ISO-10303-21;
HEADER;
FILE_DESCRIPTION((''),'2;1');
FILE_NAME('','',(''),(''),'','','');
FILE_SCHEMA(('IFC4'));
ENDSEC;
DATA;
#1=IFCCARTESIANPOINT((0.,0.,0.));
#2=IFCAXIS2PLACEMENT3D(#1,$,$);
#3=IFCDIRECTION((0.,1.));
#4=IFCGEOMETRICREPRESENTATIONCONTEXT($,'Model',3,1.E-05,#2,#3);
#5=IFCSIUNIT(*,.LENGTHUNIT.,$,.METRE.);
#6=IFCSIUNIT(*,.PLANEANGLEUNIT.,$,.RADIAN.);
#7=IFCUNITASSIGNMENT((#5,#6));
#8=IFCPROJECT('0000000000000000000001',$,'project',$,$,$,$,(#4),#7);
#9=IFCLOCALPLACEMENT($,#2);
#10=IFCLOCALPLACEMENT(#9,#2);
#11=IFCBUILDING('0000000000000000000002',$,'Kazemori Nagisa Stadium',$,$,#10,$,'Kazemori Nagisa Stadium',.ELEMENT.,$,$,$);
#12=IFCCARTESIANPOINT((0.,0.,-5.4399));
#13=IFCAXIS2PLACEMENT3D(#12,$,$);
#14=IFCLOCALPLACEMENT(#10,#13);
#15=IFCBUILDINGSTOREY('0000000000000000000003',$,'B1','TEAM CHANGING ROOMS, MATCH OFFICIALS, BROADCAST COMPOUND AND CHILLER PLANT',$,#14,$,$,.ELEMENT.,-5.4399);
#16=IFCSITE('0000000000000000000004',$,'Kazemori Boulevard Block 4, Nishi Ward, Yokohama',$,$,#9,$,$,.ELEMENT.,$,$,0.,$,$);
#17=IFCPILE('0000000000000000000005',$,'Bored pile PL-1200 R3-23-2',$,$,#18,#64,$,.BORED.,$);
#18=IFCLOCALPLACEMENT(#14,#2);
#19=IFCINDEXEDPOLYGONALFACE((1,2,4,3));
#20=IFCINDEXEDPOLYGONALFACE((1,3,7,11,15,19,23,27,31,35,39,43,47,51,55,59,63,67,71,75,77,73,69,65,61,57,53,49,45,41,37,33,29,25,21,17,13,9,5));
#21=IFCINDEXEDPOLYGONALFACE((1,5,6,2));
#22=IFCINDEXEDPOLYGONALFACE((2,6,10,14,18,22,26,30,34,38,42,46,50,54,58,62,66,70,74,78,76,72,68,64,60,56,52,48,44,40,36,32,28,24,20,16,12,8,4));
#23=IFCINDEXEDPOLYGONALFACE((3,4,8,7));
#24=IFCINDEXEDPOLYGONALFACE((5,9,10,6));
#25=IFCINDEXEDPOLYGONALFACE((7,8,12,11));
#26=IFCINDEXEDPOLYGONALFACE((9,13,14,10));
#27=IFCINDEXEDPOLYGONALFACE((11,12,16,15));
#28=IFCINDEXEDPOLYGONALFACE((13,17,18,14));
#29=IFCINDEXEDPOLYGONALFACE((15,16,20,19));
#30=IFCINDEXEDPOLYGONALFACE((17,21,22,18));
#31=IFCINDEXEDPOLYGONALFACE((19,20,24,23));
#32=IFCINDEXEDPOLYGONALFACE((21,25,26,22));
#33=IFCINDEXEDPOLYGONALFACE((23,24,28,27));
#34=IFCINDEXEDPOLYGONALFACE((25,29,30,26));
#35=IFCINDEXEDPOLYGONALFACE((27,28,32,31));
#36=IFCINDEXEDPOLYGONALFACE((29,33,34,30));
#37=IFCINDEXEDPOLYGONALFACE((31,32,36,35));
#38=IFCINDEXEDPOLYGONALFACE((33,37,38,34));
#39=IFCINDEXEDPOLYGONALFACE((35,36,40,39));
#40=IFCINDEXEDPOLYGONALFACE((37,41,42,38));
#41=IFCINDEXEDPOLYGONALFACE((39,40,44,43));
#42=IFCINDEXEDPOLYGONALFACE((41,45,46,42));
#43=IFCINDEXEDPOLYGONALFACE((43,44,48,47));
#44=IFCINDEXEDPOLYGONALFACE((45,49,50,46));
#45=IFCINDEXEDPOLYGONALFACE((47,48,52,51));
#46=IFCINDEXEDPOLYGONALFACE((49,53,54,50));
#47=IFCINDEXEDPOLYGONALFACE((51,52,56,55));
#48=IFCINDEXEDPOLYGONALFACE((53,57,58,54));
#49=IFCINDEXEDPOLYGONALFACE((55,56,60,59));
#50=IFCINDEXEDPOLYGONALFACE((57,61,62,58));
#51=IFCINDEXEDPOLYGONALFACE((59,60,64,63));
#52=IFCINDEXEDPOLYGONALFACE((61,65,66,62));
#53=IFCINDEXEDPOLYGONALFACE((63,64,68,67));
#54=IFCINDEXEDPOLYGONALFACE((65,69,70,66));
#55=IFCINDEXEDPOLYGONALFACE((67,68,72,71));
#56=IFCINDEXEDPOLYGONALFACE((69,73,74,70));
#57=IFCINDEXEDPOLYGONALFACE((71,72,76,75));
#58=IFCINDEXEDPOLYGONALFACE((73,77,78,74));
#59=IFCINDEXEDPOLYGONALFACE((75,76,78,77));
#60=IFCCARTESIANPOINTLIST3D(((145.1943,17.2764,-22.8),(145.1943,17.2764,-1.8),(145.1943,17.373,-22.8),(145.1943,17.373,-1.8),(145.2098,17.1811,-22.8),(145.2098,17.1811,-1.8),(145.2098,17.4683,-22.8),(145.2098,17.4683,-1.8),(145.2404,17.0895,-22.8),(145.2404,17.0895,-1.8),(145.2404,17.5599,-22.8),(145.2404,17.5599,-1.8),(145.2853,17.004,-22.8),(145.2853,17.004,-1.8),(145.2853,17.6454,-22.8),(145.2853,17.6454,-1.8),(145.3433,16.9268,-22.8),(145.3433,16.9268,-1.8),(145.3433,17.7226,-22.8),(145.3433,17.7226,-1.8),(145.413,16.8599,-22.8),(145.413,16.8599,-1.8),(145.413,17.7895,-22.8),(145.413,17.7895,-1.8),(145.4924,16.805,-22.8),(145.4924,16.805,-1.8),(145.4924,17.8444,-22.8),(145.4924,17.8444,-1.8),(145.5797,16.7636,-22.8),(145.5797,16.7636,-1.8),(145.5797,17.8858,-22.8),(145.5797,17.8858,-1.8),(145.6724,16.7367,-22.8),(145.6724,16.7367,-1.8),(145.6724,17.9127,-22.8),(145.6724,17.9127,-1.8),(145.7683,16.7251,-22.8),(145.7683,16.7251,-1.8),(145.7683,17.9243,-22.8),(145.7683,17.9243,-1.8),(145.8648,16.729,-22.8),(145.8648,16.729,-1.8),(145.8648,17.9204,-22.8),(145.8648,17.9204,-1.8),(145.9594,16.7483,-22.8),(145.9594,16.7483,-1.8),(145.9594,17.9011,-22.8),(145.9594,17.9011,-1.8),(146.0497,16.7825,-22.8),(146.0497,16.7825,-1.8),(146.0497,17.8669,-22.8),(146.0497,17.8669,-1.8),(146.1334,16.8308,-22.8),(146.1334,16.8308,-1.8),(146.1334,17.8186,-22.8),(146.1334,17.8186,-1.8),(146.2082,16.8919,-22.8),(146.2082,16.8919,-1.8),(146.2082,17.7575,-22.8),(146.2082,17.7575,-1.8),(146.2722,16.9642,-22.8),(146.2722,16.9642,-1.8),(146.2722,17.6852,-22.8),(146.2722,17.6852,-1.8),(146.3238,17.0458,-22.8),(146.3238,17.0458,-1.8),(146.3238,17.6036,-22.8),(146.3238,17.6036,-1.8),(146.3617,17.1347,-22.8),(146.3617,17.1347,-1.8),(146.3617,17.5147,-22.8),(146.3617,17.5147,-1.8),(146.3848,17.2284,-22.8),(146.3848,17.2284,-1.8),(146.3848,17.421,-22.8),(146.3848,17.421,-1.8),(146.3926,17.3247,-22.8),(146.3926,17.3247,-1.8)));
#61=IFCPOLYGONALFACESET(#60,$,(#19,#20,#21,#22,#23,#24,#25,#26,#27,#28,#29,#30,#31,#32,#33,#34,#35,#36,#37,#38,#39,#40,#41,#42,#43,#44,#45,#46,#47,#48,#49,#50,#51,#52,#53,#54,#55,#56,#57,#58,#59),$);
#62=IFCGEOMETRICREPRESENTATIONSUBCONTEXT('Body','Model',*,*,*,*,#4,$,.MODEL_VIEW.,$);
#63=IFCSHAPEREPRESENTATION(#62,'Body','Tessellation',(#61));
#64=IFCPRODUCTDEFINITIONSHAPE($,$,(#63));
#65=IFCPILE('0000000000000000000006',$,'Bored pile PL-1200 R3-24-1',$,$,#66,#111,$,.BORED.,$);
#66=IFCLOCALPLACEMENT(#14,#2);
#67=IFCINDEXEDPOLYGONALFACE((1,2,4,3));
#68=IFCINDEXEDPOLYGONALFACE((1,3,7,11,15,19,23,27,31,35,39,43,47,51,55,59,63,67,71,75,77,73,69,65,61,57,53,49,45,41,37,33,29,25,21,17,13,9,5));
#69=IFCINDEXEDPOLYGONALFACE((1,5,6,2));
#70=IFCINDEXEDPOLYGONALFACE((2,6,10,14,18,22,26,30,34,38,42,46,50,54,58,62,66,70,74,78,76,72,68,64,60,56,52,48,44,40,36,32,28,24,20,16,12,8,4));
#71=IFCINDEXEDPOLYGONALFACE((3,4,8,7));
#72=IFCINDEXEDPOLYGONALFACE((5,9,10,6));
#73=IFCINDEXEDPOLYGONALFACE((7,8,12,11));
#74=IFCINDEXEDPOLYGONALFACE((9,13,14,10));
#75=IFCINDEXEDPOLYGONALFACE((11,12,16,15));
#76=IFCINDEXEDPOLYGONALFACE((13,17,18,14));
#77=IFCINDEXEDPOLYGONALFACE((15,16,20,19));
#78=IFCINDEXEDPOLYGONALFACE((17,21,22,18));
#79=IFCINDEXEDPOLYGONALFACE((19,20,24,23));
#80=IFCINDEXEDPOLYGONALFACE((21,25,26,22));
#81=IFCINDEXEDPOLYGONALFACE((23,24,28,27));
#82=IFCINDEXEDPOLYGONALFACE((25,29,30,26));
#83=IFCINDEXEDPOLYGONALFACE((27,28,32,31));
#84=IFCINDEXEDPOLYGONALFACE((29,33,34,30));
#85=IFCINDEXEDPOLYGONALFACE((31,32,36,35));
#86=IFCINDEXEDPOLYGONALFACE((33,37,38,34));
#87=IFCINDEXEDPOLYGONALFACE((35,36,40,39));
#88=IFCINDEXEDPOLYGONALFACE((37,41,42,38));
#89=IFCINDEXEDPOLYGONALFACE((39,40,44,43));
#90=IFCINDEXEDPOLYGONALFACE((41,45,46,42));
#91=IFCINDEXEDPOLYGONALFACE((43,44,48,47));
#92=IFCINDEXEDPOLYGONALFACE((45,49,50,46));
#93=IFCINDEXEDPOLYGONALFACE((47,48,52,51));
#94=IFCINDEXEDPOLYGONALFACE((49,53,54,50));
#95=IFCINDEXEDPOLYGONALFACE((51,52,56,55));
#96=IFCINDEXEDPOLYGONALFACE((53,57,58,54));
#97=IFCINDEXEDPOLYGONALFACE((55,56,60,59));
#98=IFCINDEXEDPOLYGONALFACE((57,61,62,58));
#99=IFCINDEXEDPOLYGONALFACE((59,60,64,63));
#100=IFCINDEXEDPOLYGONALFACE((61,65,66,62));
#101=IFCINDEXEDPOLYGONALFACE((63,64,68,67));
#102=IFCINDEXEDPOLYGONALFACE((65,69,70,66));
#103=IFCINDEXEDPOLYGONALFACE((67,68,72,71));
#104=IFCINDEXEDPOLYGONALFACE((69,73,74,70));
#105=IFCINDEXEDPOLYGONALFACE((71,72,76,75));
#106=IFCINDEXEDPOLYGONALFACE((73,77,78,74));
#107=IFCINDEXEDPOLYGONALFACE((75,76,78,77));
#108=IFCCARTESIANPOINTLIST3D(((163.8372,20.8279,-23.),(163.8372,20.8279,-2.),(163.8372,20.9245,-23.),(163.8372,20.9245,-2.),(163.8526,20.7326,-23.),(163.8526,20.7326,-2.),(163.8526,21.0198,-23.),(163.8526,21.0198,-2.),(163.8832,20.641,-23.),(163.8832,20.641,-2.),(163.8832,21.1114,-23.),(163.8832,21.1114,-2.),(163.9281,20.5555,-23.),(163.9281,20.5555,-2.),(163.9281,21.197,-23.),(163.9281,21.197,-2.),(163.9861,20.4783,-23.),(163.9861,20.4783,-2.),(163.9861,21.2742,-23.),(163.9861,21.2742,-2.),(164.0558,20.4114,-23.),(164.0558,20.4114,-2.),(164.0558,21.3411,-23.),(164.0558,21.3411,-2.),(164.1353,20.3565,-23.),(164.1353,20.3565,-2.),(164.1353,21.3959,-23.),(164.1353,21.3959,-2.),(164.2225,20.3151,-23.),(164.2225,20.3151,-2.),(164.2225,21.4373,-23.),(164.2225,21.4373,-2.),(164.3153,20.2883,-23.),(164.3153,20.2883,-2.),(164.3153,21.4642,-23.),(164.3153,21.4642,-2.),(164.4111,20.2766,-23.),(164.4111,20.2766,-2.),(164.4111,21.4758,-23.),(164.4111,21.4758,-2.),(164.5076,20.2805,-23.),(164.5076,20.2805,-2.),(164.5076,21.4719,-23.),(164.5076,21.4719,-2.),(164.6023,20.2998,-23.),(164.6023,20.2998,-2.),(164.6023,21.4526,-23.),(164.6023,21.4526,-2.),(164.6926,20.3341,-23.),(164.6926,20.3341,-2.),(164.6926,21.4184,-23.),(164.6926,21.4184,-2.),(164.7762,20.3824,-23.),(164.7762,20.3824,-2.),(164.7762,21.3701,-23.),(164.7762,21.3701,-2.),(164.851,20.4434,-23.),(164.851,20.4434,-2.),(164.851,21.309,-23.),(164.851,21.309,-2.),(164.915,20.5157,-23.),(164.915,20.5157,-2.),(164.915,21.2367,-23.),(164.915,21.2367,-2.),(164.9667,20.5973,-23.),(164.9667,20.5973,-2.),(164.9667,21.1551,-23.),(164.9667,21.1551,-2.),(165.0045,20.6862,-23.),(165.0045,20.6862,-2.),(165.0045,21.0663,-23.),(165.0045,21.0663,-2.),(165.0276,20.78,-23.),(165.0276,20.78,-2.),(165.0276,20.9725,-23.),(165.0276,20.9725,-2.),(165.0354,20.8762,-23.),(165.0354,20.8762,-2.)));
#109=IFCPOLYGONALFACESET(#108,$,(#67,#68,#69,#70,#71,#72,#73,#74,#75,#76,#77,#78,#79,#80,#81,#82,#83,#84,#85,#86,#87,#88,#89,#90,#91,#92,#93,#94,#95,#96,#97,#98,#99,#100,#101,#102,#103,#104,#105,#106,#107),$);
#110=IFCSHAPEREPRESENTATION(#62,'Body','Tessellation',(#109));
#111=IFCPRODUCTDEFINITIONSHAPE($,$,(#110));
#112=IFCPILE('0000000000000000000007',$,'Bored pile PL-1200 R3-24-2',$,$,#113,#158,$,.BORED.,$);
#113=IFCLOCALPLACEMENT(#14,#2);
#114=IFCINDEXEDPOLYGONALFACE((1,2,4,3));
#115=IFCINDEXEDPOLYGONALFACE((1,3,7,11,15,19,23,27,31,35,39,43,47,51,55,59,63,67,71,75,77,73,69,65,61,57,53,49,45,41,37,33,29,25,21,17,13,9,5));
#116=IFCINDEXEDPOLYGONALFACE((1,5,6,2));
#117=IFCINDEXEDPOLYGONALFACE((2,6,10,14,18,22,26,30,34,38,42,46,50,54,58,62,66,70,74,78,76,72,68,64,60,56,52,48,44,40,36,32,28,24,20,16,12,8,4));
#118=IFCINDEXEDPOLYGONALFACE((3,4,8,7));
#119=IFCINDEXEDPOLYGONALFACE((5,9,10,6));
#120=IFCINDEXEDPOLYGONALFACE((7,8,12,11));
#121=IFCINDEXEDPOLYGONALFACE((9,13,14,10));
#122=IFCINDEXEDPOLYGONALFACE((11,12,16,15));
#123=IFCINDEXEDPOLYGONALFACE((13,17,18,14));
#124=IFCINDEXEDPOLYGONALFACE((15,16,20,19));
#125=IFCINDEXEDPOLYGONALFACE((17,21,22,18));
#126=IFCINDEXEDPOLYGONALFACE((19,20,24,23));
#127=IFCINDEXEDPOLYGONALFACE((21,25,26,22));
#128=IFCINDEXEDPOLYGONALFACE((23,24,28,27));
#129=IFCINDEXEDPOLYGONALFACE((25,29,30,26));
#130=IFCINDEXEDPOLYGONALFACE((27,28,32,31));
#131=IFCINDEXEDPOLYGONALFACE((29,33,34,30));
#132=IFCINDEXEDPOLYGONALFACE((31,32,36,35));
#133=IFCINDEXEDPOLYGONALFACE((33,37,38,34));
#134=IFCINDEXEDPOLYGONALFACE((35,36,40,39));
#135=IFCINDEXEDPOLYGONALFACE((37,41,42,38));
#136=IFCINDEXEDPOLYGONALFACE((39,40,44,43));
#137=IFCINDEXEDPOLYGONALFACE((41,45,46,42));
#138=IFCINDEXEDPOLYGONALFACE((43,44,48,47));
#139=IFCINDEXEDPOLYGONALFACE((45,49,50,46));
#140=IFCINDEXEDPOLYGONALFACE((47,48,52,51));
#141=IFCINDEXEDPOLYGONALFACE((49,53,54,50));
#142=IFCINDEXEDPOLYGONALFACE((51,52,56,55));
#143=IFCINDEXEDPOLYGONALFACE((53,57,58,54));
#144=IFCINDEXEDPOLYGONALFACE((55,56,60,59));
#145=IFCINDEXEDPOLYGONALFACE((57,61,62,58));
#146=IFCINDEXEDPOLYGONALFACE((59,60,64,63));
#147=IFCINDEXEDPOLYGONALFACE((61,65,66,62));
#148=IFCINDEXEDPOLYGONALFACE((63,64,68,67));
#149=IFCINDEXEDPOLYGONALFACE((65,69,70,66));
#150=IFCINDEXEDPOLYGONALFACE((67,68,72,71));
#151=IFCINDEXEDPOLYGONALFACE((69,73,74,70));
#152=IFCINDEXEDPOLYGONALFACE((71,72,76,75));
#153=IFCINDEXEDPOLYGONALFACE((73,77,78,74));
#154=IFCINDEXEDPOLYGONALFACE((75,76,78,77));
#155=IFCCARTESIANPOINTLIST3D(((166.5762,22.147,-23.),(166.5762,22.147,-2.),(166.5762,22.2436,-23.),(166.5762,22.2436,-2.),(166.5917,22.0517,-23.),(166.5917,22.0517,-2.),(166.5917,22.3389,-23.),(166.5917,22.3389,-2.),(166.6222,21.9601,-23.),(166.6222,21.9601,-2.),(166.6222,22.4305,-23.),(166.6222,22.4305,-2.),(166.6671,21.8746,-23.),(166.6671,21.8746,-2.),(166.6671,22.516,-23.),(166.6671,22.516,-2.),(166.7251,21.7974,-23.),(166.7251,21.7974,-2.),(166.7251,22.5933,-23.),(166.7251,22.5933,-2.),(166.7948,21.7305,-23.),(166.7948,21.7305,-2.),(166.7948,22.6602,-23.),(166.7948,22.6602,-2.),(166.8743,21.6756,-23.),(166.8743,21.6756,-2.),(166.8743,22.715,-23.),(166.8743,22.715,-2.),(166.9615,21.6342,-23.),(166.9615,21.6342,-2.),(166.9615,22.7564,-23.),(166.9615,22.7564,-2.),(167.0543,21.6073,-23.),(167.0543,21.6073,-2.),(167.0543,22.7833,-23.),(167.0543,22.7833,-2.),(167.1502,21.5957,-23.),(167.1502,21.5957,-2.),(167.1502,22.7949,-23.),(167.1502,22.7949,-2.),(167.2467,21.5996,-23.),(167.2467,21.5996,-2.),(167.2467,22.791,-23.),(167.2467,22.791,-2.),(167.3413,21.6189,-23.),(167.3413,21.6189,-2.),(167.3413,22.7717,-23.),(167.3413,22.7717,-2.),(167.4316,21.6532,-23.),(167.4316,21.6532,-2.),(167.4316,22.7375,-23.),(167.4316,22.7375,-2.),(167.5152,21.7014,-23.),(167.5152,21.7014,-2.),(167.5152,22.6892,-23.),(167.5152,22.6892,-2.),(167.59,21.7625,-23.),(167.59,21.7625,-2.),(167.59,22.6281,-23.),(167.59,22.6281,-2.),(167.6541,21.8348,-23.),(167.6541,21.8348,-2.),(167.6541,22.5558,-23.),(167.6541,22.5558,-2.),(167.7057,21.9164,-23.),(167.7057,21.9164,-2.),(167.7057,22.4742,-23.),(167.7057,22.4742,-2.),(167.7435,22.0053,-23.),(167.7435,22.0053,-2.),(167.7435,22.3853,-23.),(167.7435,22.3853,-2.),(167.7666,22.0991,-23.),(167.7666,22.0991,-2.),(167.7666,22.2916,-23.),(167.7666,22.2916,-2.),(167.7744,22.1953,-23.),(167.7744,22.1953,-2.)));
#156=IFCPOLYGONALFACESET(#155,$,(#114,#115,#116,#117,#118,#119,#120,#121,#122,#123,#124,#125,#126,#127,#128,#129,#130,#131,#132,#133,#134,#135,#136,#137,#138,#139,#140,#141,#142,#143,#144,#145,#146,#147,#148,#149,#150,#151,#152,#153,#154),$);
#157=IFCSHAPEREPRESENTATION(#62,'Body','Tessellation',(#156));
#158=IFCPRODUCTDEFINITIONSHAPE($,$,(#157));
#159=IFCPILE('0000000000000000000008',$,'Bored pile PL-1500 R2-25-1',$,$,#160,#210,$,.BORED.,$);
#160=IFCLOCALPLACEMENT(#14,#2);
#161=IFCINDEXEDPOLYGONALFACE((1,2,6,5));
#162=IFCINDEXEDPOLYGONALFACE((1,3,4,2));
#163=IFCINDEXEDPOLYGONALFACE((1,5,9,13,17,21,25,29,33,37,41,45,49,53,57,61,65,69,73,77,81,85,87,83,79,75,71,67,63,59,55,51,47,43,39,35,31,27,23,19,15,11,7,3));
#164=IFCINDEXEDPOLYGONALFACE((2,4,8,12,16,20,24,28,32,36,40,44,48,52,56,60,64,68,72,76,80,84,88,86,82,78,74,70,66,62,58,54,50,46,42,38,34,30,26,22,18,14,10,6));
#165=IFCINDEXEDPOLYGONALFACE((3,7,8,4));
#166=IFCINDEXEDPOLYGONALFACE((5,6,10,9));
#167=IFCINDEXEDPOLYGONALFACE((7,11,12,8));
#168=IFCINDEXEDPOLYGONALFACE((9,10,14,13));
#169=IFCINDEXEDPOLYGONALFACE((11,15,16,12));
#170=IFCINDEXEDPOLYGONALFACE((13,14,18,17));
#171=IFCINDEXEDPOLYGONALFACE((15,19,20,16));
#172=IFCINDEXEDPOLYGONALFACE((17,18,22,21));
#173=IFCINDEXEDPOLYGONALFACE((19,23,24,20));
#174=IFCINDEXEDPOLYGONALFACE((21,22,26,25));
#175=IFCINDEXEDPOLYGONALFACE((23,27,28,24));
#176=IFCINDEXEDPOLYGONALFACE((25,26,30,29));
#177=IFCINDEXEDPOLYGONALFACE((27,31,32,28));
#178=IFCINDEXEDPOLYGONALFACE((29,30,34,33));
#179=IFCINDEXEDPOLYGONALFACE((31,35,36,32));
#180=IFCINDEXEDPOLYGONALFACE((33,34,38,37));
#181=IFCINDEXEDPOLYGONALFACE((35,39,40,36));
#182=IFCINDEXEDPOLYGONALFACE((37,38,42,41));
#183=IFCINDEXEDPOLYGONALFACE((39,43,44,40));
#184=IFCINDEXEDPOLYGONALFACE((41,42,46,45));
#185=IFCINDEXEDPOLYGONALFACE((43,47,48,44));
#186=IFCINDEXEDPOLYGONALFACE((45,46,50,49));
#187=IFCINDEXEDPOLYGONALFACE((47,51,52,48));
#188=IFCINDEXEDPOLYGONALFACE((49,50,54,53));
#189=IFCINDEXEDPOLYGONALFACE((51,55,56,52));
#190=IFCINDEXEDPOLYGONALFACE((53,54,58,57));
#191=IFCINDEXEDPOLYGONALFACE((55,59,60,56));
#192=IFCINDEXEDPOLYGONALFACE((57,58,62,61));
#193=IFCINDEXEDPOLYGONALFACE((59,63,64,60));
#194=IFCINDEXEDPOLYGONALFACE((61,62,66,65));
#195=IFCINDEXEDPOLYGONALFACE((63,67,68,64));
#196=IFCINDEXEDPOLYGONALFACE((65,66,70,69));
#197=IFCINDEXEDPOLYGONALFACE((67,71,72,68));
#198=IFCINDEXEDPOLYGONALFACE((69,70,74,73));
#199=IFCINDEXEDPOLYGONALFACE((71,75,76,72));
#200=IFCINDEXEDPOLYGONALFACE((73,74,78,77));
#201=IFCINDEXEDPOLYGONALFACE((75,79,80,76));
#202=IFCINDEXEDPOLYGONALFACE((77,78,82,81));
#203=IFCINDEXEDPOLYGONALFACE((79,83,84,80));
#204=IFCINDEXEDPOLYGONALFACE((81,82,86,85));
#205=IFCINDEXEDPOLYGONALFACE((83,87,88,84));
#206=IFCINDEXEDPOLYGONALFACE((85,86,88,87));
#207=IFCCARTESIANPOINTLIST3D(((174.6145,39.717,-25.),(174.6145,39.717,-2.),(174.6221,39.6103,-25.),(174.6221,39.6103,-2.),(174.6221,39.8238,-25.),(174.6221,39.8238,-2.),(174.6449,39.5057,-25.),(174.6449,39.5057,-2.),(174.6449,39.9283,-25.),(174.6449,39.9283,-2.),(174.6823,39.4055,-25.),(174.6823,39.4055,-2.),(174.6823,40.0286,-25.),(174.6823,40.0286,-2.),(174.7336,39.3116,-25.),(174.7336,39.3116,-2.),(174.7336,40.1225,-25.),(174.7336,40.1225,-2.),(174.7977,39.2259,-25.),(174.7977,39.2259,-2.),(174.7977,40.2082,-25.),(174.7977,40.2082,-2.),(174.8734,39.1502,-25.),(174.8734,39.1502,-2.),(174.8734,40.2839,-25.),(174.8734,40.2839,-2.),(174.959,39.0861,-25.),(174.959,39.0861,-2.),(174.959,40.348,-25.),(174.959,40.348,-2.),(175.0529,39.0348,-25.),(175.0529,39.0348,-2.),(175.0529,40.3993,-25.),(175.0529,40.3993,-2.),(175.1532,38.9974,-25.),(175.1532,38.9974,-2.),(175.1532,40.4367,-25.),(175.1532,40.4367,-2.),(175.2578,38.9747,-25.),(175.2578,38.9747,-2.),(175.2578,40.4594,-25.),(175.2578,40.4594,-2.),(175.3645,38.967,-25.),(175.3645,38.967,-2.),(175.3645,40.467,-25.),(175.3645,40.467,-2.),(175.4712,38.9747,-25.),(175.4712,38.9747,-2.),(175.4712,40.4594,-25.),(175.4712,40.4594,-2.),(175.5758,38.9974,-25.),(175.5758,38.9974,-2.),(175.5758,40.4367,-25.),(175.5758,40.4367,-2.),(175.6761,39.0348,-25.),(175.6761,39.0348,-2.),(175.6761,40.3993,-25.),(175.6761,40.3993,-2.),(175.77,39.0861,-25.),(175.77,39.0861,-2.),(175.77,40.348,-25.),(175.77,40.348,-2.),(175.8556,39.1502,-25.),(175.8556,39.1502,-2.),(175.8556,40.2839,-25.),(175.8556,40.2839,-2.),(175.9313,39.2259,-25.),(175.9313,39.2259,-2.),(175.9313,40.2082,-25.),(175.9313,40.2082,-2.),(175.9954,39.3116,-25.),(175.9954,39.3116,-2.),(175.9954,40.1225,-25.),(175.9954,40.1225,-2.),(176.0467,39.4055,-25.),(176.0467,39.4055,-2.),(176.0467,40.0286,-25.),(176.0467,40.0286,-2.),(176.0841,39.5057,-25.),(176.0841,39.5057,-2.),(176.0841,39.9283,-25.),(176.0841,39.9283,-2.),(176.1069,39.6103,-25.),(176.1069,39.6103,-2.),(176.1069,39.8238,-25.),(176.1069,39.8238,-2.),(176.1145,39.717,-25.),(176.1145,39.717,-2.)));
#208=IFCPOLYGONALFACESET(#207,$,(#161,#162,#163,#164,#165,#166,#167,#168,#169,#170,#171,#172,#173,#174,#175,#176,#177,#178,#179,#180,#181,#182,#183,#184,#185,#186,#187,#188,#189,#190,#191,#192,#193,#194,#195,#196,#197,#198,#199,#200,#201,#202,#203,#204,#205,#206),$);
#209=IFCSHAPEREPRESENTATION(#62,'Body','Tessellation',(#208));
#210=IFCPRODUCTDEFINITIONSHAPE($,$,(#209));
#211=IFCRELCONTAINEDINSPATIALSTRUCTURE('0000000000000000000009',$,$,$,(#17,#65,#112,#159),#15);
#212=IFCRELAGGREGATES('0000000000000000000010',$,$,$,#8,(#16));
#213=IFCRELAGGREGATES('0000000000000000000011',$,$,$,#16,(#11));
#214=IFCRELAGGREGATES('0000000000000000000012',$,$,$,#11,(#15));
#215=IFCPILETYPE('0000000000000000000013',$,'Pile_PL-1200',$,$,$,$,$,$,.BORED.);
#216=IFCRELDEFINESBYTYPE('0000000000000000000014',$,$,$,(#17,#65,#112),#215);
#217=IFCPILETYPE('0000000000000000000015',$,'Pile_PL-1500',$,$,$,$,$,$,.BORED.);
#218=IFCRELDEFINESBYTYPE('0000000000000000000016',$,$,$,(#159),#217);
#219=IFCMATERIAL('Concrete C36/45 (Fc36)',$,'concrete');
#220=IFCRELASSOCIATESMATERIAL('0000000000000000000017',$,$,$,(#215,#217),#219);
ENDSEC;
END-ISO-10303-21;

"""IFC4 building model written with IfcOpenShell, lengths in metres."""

from ifc_helpers import new_model, si_unit, direction, frame, origin, origin_2d, place, context, subcontext, project, spatial, circle, extrude, material, material_profile, profile_set, type_object, element, save


model = new_model("IFC4")

# Units and contexts
model_context = context("Model", 3, precision=1e-05, world=origin(), true_north=direction((0.0, 1.0)))
body_context = subcontext(model_context, "Body", "Model", "MODEL_VIEW")
ifc_project = project(units=[si_unit("LENGTHUNIT", "METRE"), si_unit("PLANEANGLEUNIT", "RADIAN")], contexts=[model_context])

# Site, building, storey
site_placement = place(None, origin())
site = spatial("IfcSite", under=ifc_project, at=site_placement, Name="Kazemori Boulevard Block 4, Nishi Ward, Yokohama", CompositionType="ELEMENT", RefElevation=0.0)
building_placement = place(site_placement, origin())
building = spatial("IfcBuilding", under=site, at=building_placement, Name="Kazemori Nagisa Stadium", LongName="Kazemori Nagisa Stadium", CompositionType="ELEMENT")
storey_placement = place(building_placement, frame((0.0, 0.0, -5.4399)))
storey = spatial("IfcBuildingStorey", under=building, at=storey_placement, Name="B1", Description="TEAM CHANGING ROOMS, MATCH OFFICIALS, BROADCAST COMPOUND AND CHILLER PLANT", CompositionType="ELEMENT", Elevation=-5.4399)

# Piles
ifc_material_1 = material(Name="Concrete C36/45 (Fc36)", Category="concrete")
ifc_material_profile_1 = material_profile(ifc_material_1, circle(Radius=0.6001, at=origin_2d()), Name="PILE-D1200")
ifc_profile_set_1 = profile_set([ifc_material_profile_1], Name="Concrete C36/45 (Fc36)")
pile_type_1 = type_object("IfcPileType", Name="Pile_PL-1200", PredefinedType="BORED", material=ifc_profile_set_1)
for number, where, z_axis, x_axis, name in (
    (1, (145.7925, 17.3247, -1.8), (0.0, 0.0, -1.0), (1.0, 0.0, 0.0), "Bored pile PL-1200 R3-23-2"),
    (2, (164.4353, 20.8762, -2.0), (0.0, 0.0, -1.0), (1.0, 0.0, 0.0), "Bored pile PL-1200 R3-24-1"),
    (3, (167.1743, 22.1953, -2.0), (0.0, 0.0, -1.0), (1.0, 0.0, 0.0), "Bored pile PL-1200 R3-24-2"),
):
    element("IfcPile", number, at=place(storey_placement, frame(where, z_axis=z_axis, x_axis=x_axis)), inside=storey, type_object=pile_type_1, Name=name, PredefinedType="BORED", context=body_context, shape_type="SweptSolid", body=[
        extrude(circle(Radius=0.6001, at=origin_2d()), origin(), (0.0, 0.0, 1.0), 21.0),
    ])
ifc_material_profile_2 = material_profile(ifc_material_1, circle(Radius=0.75, at=origin_2d()), Name="PILE-D1500")
ifc_profile_set_2 = profile_set([ifc_material_profile_2], Name="Concrete C36/45 (Fc36)")
pile_type_2 = type_object("IfcPileType", Name="Pile_PL-1500", PredefinedType="BORED", material=ifc_profile_set_2)
pile_placement = place(storey_placement, frame((175.3645, 39.717, -2.0), z_axis=(0.0, 0.0, -1.0), x_axis=(1.0, 0.0, 0.0)))
element("IfcPile", 4, at=pile_placement, inside=storey, type_object=pile_type_2, Name="Bored pile PL-1500 R2-25-1", PredefinedType="BORED", context=body_context, shape_type="SweptSolid", body=[
    extrude(circle(Radius=0.75, at=origin_2d()), origin(), (0.0, 0.0, 1.0), 23.0),
])

save(model, "model.ifc")
